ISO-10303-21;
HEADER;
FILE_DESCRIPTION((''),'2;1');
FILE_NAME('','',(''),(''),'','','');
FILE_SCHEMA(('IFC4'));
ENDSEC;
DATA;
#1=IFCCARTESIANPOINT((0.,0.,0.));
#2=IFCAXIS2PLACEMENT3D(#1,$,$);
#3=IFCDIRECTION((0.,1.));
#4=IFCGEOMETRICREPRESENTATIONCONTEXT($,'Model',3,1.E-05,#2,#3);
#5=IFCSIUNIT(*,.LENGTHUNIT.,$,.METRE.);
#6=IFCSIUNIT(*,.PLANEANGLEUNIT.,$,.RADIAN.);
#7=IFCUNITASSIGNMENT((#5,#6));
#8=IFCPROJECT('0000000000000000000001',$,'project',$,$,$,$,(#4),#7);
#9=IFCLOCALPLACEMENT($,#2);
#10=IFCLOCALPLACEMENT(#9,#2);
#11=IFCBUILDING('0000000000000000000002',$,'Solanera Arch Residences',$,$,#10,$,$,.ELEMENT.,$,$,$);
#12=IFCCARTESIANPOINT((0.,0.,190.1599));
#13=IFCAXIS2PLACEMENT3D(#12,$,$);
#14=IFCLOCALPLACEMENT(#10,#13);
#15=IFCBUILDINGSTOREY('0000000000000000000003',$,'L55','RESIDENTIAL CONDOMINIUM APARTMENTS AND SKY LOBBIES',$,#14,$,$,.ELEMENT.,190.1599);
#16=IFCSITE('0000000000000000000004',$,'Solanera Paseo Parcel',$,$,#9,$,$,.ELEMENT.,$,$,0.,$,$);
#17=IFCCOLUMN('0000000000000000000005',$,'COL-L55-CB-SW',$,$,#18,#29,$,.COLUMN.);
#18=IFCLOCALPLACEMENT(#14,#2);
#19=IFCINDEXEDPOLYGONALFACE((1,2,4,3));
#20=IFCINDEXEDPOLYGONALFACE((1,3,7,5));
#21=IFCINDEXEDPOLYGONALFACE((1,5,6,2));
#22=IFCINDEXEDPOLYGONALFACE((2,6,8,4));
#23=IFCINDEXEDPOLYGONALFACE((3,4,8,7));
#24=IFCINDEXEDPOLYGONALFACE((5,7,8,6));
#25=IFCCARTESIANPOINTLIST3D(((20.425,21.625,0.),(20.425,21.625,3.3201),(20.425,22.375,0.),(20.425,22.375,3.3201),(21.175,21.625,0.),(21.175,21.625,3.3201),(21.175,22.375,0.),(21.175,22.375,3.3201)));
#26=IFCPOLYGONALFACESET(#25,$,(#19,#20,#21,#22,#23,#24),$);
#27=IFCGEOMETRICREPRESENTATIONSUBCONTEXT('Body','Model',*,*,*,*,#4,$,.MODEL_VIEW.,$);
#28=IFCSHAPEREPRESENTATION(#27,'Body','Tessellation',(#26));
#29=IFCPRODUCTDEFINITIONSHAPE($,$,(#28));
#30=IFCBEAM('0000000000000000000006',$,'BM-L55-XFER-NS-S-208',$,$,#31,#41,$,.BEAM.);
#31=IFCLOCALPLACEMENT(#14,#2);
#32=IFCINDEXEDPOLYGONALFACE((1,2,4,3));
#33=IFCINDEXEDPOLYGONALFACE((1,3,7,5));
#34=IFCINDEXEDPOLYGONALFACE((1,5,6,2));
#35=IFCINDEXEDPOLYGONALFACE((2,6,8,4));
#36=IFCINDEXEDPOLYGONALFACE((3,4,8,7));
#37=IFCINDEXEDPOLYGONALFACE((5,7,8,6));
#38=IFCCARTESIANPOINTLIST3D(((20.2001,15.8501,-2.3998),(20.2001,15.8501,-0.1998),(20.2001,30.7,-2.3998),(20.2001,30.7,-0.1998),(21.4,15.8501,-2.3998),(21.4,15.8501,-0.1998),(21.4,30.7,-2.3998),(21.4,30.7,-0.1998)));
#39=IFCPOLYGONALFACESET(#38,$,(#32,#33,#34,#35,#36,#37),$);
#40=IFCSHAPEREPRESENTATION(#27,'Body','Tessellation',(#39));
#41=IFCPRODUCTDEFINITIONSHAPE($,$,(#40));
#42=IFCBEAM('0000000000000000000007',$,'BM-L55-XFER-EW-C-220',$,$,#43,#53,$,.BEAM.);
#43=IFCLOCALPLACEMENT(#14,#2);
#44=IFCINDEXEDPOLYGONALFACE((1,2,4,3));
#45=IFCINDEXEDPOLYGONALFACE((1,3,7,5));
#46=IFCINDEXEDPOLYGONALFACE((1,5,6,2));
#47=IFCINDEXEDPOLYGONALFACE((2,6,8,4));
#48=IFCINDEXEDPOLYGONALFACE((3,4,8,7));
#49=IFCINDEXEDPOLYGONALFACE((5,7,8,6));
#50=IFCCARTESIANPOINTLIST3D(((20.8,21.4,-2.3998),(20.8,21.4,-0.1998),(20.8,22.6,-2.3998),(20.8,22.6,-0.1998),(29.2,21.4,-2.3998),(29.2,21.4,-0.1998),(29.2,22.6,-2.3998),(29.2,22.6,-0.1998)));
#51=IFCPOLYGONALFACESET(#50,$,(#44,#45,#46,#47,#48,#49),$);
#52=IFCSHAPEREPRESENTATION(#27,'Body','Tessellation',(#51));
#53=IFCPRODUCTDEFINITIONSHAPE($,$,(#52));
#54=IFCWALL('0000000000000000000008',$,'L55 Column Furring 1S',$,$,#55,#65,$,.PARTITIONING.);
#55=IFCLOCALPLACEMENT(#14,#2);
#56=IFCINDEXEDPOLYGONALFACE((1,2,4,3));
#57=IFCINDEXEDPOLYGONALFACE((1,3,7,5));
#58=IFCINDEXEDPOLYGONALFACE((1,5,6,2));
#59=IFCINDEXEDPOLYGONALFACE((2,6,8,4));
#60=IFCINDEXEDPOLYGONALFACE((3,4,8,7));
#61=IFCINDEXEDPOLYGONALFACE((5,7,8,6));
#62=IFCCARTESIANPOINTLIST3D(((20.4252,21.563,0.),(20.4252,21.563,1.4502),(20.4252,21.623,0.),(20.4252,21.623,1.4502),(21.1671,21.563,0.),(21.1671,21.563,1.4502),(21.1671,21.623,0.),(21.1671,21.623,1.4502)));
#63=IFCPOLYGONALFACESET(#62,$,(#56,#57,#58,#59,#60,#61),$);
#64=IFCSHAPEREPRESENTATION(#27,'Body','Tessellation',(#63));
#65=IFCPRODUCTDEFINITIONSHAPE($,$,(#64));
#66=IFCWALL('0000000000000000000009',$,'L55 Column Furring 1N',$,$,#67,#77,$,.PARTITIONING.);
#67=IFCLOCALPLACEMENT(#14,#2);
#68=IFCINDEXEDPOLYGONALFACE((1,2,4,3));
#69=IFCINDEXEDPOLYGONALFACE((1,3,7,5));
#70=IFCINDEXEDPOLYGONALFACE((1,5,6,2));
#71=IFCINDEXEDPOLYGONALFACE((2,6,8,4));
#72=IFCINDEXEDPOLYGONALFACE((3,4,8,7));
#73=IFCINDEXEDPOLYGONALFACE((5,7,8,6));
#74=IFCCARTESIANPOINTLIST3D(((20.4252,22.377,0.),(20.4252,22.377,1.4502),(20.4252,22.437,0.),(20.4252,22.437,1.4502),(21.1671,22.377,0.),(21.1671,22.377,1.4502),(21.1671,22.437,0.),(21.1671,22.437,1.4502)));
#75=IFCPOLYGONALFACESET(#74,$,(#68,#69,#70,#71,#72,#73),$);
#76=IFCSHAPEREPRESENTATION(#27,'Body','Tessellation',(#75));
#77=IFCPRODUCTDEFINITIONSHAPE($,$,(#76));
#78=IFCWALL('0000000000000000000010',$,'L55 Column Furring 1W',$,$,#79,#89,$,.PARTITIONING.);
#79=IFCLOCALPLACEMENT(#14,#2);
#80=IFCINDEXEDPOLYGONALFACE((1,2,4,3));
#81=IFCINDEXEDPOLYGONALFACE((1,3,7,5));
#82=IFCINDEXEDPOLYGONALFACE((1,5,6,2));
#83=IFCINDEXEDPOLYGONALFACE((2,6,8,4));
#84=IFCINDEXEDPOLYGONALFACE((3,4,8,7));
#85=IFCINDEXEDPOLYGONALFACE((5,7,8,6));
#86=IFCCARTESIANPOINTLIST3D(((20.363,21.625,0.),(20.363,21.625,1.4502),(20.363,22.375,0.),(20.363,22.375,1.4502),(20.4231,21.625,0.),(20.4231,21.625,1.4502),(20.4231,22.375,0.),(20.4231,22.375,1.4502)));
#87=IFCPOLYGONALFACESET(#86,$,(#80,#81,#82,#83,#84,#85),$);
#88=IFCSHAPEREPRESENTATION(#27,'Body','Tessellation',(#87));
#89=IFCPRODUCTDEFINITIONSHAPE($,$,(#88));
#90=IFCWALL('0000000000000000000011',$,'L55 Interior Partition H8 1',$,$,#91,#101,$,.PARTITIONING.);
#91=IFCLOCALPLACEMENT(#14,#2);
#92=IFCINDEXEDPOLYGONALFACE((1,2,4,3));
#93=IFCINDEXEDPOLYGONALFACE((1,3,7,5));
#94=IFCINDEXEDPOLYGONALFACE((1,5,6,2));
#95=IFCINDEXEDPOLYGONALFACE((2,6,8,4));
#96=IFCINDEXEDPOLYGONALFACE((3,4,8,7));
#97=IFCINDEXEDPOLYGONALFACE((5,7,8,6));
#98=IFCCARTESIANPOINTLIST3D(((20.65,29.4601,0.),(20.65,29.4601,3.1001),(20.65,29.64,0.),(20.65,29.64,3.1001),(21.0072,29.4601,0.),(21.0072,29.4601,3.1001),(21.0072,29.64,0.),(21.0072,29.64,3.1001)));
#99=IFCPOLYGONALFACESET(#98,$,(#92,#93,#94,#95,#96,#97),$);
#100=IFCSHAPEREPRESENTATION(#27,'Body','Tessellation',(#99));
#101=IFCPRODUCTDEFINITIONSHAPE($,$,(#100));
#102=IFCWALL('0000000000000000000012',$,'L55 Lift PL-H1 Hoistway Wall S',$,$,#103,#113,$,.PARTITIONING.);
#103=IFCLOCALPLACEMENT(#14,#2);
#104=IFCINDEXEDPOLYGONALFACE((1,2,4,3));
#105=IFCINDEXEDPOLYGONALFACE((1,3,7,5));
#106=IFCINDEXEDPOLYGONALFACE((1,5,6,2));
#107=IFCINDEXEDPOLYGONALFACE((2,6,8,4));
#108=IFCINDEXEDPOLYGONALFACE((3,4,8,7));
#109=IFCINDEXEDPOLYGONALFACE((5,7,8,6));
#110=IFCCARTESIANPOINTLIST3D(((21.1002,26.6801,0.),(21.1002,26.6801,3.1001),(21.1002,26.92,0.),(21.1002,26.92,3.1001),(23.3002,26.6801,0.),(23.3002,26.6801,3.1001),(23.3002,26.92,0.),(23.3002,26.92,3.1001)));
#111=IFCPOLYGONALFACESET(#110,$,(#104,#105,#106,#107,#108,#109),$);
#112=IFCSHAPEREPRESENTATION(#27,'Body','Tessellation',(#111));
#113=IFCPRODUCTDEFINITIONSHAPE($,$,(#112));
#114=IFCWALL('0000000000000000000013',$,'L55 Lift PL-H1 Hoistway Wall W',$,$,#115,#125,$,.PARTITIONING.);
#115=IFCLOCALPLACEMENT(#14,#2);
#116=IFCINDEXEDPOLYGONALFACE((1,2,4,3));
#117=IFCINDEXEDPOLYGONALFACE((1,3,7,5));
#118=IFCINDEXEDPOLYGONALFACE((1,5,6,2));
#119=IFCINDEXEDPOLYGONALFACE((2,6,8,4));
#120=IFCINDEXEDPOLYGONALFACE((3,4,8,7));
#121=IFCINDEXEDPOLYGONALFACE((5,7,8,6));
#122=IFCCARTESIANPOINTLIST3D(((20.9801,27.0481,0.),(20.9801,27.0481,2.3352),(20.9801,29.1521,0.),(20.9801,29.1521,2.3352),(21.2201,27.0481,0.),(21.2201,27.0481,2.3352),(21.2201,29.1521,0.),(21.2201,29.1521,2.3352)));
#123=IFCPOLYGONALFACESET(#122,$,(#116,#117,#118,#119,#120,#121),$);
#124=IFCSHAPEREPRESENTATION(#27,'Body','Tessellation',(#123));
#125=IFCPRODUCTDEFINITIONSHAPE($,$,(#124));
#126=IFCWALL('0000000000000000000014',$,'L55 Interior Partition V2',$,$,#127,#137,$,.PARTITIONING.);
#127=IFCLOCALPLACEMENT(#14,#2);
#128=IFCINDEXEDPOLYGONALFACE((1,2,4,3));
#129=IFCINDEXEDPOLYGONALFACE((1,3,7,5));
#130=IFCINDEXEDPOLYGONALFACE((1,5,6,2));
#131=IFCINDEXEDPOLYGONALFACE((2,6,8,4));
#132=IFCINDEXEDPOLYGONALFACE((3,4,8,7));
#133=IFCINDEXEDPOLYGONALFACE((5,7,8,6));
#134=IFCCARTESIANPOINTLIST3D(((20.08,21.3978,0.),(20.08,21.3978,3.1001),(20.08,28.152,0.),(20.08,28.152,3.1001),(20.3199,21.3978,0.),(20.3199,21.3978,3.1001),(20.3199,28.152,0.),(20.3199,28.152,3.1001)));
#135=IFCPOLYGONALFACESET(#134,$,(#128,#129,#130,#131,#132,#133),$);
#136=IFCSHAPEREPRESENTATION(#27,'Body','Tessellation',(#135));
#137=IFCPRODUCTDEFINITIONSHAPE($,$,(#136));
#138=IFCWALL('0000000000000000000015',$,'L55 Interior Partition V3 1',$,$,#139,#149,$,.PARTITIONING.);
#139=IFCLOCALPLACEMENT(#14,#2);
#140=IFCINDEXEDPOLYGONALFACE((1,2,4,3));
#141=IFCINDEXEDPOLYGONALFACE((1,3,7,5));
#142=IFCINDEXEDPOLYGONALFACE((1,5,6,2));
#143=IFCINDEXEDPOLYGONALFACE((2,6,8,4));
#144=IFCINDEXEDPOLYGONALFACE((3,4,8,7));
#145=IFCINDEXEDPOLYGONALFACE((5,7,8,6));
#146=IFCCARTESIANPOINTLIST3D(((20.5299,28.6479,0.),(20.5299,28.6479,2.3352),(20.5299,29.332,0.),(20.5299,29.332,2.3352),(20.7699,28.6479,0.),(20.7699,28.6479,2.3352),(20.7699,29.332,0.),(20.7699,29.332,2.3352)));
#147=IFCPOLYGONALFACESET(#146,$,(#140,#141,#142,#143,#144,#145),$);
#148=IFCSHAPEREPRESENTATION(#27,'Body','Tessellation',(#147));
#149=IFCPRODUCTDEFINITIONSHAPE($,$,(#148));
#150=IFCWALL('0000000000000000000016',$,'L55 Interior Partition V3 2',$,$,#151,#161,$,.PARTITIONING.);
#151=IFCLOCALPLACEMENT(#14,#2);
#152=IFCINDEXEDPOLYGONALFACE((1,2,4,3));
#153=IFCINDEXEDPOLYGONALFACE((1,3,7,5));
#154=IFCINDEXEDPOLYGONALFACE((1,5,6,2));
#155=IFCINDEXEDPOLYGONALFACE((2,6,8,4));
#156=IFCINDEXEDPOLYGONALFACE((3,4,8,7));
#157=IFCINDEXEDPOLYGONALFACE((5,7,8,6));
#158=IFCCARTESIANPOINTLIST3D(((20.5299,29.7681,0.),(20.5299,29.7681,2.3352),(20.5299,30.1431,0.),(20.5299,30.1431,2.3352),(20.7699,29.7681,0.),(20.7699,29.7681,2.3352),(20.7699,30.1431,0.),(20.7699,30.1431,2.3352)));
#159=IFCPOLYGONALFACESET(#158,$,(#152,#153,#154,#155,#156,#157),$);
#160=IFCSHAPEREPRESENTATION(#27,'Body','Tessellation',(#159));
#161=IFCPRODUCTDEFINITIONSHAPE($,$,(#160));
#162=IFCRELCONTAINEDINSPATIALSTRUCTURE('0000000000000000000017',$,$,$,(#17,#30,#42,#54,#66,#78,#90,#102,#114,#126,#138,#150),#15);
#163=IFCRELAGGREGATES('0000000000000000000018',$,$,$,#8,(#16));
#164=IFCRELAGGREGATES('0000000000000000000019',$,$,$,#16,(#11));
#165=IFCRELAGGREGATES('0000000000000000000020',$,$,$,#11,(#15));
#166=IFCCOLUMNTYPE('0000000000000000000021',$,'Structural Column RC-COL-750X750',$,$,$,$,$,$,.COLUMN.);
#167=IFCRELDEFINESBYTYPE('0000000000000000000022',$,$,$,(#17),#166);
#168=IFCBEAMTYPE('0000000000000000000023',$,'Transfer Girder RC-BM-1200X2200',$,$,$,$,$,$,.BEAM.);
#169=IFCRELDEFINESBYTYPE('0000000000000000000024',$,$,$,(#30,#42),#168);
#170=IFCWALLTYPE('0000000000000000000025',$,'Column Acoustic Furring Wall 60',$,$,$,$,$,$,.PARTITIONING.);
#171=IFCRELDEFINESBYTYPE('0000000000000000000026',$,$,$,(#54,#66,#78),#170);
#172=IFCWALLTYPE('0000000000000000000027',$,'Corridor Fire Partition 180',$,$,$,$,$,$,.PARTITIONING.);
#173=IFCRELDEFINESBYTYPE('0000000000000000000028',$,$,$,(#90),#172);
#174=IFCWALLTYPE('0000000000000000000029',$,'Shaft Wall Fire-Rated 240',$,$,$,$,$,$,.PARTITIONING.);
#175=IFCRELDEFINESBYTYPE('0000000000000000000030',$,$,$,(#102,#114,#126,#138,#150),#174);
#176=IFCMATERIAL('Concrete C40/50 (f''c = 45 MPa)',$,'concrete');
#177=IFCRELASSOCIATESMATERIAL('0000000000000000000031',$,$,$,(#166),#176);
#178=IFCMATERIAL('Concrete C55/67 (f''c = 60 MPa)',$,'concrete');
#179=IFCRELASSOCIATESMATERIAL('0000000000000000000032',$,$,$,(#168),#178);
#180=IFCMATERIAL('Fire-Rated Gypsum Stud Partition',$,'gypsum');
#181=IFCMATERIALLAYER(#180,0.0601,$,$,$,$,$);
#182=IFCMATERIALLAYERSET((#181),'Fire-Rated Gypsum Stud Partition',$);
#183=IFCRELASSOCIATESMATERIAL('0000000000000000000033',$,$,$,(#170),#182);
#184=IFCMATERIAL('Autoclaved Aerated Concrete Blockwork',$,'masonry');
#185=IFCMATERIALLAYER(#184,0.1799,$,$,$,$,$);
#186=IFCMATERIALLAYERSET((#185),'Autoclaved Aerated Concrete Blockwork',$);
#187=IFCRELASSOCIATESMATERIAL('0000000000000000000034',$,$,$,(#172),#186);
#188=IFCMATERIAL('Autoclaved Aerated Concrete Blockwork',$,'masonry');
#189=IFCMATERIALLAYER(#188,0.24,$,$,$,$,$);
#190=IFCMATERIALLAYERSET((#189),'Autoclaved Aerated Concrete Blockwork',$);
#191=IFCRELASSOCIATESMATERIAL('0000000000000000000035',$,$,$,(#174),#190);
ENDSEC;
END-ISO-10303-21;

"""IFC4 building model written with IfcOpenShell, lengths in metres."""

from ifc_helpers import new_model, si_unit, direction, frame, frame_2d, origin, origin_2d, place, context, subcontext, project, spatial, rectangle, extrude, material, layer, layer_set, material_profile, profile_set, type_object, element, save


model = new_model("IFC4")

# Units and contexts
model_context = context("Model", 3, precision=1e-05, world=origin(), true_north=direction((0.0, 1.0)))
body_context = subcontext(model_context, "Body", "Model", "MODEL_VIEW")
ifc_project = project(units=[si_unit("LENGTHUNIT", "METRE"), si_unit("PLANEANGLEUNIT", "RADIAN")], contexts=[model_context])

# Site, building, storey
site_placement = place(None, origin())
site = spatial("IfcSite", under=ifc_project, at=site_placement, Name="Solanera Paseo Parcel", CompositionType="ELEMENT", RefElevation=0.0)
building_placement = place(site_placement, origin())
building = spatial("IfcBuilding", under=site, at=building_placement, Name="Solanera Arch Residences", CompositionType="ELEMENT")
storey_placement = place(building_placement, frame((0.0, 0.0, 190.1599)))
storey = spatial("IfcBuildingStorey", under=building, at=storey_placement, Name="L55", Description="RESIDENTIAL CONDOMINIUM APARTMENTS AND SKY LOBBIES", CompositionType="ELEMENT", Elevation=190.1599)

# Column
ifc_material_1 = material(Name="Concrete C40/50 (f'c = 45 MPa)", Category="concrete")
ifc_material_profile_1 = material_profile(ifc_material_1, rectangle(XDim=0.75, YDim=0.75, at=origin_2d()))
ifc_profile_set_1 = profile_set([ifc_material_profile_1], Name="Concrete C40/50 (f'c = 45 MPa)")
column_type = type_object("IfcColumnType", Name="Structural Column RC-COL-750X750", PredefinedType="COLUMN", material=ifc_profile_set_1)
column_placement = place(storey_placement, frame((20.8, 22.0, 0.0), z_axis=(0.0, 0.0, 1.0), x_axis=(1.0, 0.0, 0.0)))
element("IfcColumn", 1, at=column_placement, inside=storey, type_object=column_type, Name="COL-L55-CB-SW", PredefinedType="COLUMN", context=body_context, shape_type="SweptSolid", body=[
    extrude(rectangle(XDim=0.75, YDim=0.75, at=origin_2d()), origin(), (0.0, 0.0, 1.0), 3.3201),
])

# Beams
ifc_material_2 = material(Name="Concrete C55/67 (f'c = 60 MPa)", Category="concrete")
ifc_material_profile_2 = material_profile(ifc_material_2, rectangle(XDim=1.2, YDim=2.2, at=origin_2d()))
ifc_profile_set_2 = profile_set([ifc_material_profile_2], Name="Concrete C55/67 (f'c = 60 MPa)")
beam_type = type_object("IfcBeamType", Name="Transfer Girder RC-BM-1200X2200", PredefinedType="BEAM", material=ifc_profile_set_2)
beam_1_placement = place(storey_placement, frame((20.8, 15.8501, -1.2998), z_axis=(0.0, 1.0, 0.0), x_axis=(-1.0, 0.0, 0.0)))
element("IfcBeam", 2, at=beam_1_placement, inside=storey, type_object=beam_type, Name="BM-L55-XFER-NS-S-208", PredefinedType="BEAM", context=body_context, shape_type="SweptSolid", body=[
    extrude(rectangle(XDim=1.2, YDim=2.2, at=origin_2d()), origin(), (0.0, 0.0, 1.0), 14.8499),
])
beam_2_placement = place(storey_placement, frame((20.8, 22.0, -1.2998), z_axis=(1.0, 0.0, 0.0), x_axis=(0.0, 1.0, 0.0)))
element("IfcBeam", 3, at=beam_2_placement, inside=storey, type_object=beam_type, Name="BM-L55-XFER-EW-C-220", PredefinedType="BEAM", context=body_context, shape_type="SweptSolid", body=[
    extrude(rectangle(XDim=1.2, YDim=2.2, at=origin_2d()), origin(), (0.0, 0.0, 1.0), 8.3999),
])

# Walls
ifc_material_3 = material(Name="Fire-Rated Gypsum Stud Partition", Category="gypsum")
ifc_layer_1 = layer(ifc_material_3, 0.0601)
ifc_layer_set_1 = layer_set([ifc_layer_1], Name="Fire-Rated Gypsum Stud Partition")
wall_type_1 = type_object("IfcWallType", Name="Column Acoustic Furring Wall 60", PredefinedType="PARTITIONING", material=ifc_layer_set_1)
for number, where, z_axis, x_axis, name in (
    (4, (20.425, 21.593, 0.0), (0.0, 0.0, 1.0), (1.0, 0.0, 0.0), "L55 Column Furring 1S"),
    (5, (20.425, 22.407, 0.0), (0.0, 0.0, 1.0), (1.0, 0.0, 0.0), "L55 Column Furring 1N"),
):
    element("IfcWall", number, at=place(storey_placement, frame(where, z_axis=z_axis, x_axis=x_axis)), inside=storey, type_object=wall_type_1, Name=name, PredefinedType="PARTITIONING", context=body_context, shape_type="SweptSolid", body=[
        extrude(rectangle(XDim=0.7419, YDim=0.0601, at=frame_2d((0.3711, 0.0))), origin(), (0.0, 0.0, 1.0), 1.4502),
    ])
wall_1_placement = place(storey_placement, frame((20.3931, 21.625, 0.0), z_axis=(0.0, 0.0, 1.0), x_axis=(0.0, 1.0, 0.0)))
element("IfcWall", 6, at=wall_1_placement, inside=storey, type_object=wall_type_1, Name="L55 Column Furring 1W", PredefinedType="PARTITIONING", context=body_context, shape_type="SweptSolid", body=[
    extrude(rectangle(XDim=0.75, YDim=0.0601, at=frame_2d((0.375, 0.0))), origin(), (0.0, 0.0, 1.0), 1.4502),
])

# Walls
ifc_material_4 = material(Name="Autoclaved Aerated Concrete Blockwork", Category="masonry")
ifc_layer_2 = layer(ifc_material_4, 0.1799)
ifc_layer_set_2 = layer_set([ifc_layer_2], Name="Autoclaved Aerated Concrete Blockwork")
wall_type_2 = type_object("IfcWallType", Name="Corridor Fire Partition 180", PredefinedType="PARTITIONING", material=ifc_layer_set_2)
wall_2_placement = place(storey_placement, frame((20.6499, 29.55, 0.0), z_axis=(0.0, 0.0, 1.0), x_axis=(1.0, 0.0, 0.0)))
element("IfcWall", 7, at=wall_2_placement, inside=storey, type_object=wall_type_2, Name="L55 Interior Partition H8 1", PredefinedType="PARTITIONING", context=body_context, shape_type="SweptSolid", body=[
    extrude(rectangle(XDim=0.3572, YDim=0.1799, at=frame_2d((0.1787, 0.0))), origin(), (0.0, 0.0, 1.0), 3.1001),
])
ifc_material_5 = material(Name="Autoclaved Aerated Concrete Blockwork", Category="masonry")
ifc_layer_3 = layer(ifc_material_5, 0.24)
ifc_layer_set_3 = layer_set([ifc_layer_3], Name="Autoclaved Aerated Concrete Blockwork")
wall_type_3 = type_object("IfcWallType", Name="Shaft Wall Fire-Rated 240", PredefinedType="PARTITIONING", material=ifc_layer_set_3)
wall_3_placement = place(storey_placement, frame((21.1001, 26.8, 0.0), z_axis=(0.0, 0.0, 1.0), x_axis=(1.0, 0.0, 0.0)))
element("IfcWall", 8, at=wall_3_placement, inside=storey, type_object=wall_type_3, Name="L55 Lift PL-H1 Hoistway Wall S", PredefinedType="PARTITIONING", context=body_context, shape_type="SweptSolid", body=[
    extrude(rectangle(XDim=2.2, YDim=0.24, at=frame_2d((1.1001, 0.0))), origin(), (0.0, 0.0, 1.0), 3.1001),
])
wall_4_placement = place(storey_placement, frame((21.1001, 27.0481, 0.0), z_axis=(0.0, 0.0, 1.0), x_axis=(0.0, 1.0, 0.0)))
element("IfcWall", 9, at=wall_4_placement, inside=storey, type_object=wall_type_3, Name="L55 Lift PL-H1 Hoistway Wall W", PredefinedType="PARTITIONING", context=body_context, shape_type="SweptSolid", body=[
    extrude(rectangle(XDim=2.104, YDim=0.24, at=frame_2d((1.052, 0.0))), origin(), (0.0, 0.0, 1.0), 2.3352),
])

# Walls
wall_5_placement = place(storey_placement, frame((20.2, 21.3979, 0.0), z_axis=(0.0, 0.0, 1.0), x_axis=(0.0, 1.0, 0.0)))
element("IfcWall", 10, at=wall_5_placement, inside=storey, type_object=wall_type_3, Name="L55 Interior Partition V2", PredefinedType="PARTITIONING", context=body_context, shape_type="SweptSolid", body=[
    extrude(rectangle(XDim=6.7542, YDim=0.24, at=frame_2d((3.377, 0.0))), origin(), (0.0, 0.0, 1.0), 3.1001),
])
wall_6_placement = place(storey_placement, frame((20.6499, 28.6479, 0.0), z_axis=(0.0, 0.0, 1.0), x_axis=(0.0, 1.0, 0.0)))
element("IfcWall", 11, at=wall_6_placement, inside=storey, type_object=wall_type_3, Name="L55 Interior Partition V3 1", PredefinedType="PARTITIONING", context=body_context, shape_type="SweptSolid", body=[
    extrude(rectangle(XDim=0.6841, YDim=0.24, at=frame_2d((0.342, 0.0))), origin(), (0.0, 0.0, 1.0), 2.3352),
])
wall_7_placement = place(storey_placement, frame((20.6499, 29.7681, 0.0), z_axis=(0.0, 0.0, 1.0), x_axis=(0.0, 1.0, 0.0)))
element("IfcWall", 12, at=wall_7_placement, inside=storey, type_object=wall_type_3, Name="L55 Interior Partition V3 2", PredefinedType="PARTITIONING", context=body_context, shape_type="SweptSolid", body=[
    extrude(rectangle(XDim=0.375, YDim=0.24, at=frame_2d((0.1875, 0.0))), origin(), (0.0, 0.0, 1.0), 2.3352),
])

save(model, "model.ifc")
